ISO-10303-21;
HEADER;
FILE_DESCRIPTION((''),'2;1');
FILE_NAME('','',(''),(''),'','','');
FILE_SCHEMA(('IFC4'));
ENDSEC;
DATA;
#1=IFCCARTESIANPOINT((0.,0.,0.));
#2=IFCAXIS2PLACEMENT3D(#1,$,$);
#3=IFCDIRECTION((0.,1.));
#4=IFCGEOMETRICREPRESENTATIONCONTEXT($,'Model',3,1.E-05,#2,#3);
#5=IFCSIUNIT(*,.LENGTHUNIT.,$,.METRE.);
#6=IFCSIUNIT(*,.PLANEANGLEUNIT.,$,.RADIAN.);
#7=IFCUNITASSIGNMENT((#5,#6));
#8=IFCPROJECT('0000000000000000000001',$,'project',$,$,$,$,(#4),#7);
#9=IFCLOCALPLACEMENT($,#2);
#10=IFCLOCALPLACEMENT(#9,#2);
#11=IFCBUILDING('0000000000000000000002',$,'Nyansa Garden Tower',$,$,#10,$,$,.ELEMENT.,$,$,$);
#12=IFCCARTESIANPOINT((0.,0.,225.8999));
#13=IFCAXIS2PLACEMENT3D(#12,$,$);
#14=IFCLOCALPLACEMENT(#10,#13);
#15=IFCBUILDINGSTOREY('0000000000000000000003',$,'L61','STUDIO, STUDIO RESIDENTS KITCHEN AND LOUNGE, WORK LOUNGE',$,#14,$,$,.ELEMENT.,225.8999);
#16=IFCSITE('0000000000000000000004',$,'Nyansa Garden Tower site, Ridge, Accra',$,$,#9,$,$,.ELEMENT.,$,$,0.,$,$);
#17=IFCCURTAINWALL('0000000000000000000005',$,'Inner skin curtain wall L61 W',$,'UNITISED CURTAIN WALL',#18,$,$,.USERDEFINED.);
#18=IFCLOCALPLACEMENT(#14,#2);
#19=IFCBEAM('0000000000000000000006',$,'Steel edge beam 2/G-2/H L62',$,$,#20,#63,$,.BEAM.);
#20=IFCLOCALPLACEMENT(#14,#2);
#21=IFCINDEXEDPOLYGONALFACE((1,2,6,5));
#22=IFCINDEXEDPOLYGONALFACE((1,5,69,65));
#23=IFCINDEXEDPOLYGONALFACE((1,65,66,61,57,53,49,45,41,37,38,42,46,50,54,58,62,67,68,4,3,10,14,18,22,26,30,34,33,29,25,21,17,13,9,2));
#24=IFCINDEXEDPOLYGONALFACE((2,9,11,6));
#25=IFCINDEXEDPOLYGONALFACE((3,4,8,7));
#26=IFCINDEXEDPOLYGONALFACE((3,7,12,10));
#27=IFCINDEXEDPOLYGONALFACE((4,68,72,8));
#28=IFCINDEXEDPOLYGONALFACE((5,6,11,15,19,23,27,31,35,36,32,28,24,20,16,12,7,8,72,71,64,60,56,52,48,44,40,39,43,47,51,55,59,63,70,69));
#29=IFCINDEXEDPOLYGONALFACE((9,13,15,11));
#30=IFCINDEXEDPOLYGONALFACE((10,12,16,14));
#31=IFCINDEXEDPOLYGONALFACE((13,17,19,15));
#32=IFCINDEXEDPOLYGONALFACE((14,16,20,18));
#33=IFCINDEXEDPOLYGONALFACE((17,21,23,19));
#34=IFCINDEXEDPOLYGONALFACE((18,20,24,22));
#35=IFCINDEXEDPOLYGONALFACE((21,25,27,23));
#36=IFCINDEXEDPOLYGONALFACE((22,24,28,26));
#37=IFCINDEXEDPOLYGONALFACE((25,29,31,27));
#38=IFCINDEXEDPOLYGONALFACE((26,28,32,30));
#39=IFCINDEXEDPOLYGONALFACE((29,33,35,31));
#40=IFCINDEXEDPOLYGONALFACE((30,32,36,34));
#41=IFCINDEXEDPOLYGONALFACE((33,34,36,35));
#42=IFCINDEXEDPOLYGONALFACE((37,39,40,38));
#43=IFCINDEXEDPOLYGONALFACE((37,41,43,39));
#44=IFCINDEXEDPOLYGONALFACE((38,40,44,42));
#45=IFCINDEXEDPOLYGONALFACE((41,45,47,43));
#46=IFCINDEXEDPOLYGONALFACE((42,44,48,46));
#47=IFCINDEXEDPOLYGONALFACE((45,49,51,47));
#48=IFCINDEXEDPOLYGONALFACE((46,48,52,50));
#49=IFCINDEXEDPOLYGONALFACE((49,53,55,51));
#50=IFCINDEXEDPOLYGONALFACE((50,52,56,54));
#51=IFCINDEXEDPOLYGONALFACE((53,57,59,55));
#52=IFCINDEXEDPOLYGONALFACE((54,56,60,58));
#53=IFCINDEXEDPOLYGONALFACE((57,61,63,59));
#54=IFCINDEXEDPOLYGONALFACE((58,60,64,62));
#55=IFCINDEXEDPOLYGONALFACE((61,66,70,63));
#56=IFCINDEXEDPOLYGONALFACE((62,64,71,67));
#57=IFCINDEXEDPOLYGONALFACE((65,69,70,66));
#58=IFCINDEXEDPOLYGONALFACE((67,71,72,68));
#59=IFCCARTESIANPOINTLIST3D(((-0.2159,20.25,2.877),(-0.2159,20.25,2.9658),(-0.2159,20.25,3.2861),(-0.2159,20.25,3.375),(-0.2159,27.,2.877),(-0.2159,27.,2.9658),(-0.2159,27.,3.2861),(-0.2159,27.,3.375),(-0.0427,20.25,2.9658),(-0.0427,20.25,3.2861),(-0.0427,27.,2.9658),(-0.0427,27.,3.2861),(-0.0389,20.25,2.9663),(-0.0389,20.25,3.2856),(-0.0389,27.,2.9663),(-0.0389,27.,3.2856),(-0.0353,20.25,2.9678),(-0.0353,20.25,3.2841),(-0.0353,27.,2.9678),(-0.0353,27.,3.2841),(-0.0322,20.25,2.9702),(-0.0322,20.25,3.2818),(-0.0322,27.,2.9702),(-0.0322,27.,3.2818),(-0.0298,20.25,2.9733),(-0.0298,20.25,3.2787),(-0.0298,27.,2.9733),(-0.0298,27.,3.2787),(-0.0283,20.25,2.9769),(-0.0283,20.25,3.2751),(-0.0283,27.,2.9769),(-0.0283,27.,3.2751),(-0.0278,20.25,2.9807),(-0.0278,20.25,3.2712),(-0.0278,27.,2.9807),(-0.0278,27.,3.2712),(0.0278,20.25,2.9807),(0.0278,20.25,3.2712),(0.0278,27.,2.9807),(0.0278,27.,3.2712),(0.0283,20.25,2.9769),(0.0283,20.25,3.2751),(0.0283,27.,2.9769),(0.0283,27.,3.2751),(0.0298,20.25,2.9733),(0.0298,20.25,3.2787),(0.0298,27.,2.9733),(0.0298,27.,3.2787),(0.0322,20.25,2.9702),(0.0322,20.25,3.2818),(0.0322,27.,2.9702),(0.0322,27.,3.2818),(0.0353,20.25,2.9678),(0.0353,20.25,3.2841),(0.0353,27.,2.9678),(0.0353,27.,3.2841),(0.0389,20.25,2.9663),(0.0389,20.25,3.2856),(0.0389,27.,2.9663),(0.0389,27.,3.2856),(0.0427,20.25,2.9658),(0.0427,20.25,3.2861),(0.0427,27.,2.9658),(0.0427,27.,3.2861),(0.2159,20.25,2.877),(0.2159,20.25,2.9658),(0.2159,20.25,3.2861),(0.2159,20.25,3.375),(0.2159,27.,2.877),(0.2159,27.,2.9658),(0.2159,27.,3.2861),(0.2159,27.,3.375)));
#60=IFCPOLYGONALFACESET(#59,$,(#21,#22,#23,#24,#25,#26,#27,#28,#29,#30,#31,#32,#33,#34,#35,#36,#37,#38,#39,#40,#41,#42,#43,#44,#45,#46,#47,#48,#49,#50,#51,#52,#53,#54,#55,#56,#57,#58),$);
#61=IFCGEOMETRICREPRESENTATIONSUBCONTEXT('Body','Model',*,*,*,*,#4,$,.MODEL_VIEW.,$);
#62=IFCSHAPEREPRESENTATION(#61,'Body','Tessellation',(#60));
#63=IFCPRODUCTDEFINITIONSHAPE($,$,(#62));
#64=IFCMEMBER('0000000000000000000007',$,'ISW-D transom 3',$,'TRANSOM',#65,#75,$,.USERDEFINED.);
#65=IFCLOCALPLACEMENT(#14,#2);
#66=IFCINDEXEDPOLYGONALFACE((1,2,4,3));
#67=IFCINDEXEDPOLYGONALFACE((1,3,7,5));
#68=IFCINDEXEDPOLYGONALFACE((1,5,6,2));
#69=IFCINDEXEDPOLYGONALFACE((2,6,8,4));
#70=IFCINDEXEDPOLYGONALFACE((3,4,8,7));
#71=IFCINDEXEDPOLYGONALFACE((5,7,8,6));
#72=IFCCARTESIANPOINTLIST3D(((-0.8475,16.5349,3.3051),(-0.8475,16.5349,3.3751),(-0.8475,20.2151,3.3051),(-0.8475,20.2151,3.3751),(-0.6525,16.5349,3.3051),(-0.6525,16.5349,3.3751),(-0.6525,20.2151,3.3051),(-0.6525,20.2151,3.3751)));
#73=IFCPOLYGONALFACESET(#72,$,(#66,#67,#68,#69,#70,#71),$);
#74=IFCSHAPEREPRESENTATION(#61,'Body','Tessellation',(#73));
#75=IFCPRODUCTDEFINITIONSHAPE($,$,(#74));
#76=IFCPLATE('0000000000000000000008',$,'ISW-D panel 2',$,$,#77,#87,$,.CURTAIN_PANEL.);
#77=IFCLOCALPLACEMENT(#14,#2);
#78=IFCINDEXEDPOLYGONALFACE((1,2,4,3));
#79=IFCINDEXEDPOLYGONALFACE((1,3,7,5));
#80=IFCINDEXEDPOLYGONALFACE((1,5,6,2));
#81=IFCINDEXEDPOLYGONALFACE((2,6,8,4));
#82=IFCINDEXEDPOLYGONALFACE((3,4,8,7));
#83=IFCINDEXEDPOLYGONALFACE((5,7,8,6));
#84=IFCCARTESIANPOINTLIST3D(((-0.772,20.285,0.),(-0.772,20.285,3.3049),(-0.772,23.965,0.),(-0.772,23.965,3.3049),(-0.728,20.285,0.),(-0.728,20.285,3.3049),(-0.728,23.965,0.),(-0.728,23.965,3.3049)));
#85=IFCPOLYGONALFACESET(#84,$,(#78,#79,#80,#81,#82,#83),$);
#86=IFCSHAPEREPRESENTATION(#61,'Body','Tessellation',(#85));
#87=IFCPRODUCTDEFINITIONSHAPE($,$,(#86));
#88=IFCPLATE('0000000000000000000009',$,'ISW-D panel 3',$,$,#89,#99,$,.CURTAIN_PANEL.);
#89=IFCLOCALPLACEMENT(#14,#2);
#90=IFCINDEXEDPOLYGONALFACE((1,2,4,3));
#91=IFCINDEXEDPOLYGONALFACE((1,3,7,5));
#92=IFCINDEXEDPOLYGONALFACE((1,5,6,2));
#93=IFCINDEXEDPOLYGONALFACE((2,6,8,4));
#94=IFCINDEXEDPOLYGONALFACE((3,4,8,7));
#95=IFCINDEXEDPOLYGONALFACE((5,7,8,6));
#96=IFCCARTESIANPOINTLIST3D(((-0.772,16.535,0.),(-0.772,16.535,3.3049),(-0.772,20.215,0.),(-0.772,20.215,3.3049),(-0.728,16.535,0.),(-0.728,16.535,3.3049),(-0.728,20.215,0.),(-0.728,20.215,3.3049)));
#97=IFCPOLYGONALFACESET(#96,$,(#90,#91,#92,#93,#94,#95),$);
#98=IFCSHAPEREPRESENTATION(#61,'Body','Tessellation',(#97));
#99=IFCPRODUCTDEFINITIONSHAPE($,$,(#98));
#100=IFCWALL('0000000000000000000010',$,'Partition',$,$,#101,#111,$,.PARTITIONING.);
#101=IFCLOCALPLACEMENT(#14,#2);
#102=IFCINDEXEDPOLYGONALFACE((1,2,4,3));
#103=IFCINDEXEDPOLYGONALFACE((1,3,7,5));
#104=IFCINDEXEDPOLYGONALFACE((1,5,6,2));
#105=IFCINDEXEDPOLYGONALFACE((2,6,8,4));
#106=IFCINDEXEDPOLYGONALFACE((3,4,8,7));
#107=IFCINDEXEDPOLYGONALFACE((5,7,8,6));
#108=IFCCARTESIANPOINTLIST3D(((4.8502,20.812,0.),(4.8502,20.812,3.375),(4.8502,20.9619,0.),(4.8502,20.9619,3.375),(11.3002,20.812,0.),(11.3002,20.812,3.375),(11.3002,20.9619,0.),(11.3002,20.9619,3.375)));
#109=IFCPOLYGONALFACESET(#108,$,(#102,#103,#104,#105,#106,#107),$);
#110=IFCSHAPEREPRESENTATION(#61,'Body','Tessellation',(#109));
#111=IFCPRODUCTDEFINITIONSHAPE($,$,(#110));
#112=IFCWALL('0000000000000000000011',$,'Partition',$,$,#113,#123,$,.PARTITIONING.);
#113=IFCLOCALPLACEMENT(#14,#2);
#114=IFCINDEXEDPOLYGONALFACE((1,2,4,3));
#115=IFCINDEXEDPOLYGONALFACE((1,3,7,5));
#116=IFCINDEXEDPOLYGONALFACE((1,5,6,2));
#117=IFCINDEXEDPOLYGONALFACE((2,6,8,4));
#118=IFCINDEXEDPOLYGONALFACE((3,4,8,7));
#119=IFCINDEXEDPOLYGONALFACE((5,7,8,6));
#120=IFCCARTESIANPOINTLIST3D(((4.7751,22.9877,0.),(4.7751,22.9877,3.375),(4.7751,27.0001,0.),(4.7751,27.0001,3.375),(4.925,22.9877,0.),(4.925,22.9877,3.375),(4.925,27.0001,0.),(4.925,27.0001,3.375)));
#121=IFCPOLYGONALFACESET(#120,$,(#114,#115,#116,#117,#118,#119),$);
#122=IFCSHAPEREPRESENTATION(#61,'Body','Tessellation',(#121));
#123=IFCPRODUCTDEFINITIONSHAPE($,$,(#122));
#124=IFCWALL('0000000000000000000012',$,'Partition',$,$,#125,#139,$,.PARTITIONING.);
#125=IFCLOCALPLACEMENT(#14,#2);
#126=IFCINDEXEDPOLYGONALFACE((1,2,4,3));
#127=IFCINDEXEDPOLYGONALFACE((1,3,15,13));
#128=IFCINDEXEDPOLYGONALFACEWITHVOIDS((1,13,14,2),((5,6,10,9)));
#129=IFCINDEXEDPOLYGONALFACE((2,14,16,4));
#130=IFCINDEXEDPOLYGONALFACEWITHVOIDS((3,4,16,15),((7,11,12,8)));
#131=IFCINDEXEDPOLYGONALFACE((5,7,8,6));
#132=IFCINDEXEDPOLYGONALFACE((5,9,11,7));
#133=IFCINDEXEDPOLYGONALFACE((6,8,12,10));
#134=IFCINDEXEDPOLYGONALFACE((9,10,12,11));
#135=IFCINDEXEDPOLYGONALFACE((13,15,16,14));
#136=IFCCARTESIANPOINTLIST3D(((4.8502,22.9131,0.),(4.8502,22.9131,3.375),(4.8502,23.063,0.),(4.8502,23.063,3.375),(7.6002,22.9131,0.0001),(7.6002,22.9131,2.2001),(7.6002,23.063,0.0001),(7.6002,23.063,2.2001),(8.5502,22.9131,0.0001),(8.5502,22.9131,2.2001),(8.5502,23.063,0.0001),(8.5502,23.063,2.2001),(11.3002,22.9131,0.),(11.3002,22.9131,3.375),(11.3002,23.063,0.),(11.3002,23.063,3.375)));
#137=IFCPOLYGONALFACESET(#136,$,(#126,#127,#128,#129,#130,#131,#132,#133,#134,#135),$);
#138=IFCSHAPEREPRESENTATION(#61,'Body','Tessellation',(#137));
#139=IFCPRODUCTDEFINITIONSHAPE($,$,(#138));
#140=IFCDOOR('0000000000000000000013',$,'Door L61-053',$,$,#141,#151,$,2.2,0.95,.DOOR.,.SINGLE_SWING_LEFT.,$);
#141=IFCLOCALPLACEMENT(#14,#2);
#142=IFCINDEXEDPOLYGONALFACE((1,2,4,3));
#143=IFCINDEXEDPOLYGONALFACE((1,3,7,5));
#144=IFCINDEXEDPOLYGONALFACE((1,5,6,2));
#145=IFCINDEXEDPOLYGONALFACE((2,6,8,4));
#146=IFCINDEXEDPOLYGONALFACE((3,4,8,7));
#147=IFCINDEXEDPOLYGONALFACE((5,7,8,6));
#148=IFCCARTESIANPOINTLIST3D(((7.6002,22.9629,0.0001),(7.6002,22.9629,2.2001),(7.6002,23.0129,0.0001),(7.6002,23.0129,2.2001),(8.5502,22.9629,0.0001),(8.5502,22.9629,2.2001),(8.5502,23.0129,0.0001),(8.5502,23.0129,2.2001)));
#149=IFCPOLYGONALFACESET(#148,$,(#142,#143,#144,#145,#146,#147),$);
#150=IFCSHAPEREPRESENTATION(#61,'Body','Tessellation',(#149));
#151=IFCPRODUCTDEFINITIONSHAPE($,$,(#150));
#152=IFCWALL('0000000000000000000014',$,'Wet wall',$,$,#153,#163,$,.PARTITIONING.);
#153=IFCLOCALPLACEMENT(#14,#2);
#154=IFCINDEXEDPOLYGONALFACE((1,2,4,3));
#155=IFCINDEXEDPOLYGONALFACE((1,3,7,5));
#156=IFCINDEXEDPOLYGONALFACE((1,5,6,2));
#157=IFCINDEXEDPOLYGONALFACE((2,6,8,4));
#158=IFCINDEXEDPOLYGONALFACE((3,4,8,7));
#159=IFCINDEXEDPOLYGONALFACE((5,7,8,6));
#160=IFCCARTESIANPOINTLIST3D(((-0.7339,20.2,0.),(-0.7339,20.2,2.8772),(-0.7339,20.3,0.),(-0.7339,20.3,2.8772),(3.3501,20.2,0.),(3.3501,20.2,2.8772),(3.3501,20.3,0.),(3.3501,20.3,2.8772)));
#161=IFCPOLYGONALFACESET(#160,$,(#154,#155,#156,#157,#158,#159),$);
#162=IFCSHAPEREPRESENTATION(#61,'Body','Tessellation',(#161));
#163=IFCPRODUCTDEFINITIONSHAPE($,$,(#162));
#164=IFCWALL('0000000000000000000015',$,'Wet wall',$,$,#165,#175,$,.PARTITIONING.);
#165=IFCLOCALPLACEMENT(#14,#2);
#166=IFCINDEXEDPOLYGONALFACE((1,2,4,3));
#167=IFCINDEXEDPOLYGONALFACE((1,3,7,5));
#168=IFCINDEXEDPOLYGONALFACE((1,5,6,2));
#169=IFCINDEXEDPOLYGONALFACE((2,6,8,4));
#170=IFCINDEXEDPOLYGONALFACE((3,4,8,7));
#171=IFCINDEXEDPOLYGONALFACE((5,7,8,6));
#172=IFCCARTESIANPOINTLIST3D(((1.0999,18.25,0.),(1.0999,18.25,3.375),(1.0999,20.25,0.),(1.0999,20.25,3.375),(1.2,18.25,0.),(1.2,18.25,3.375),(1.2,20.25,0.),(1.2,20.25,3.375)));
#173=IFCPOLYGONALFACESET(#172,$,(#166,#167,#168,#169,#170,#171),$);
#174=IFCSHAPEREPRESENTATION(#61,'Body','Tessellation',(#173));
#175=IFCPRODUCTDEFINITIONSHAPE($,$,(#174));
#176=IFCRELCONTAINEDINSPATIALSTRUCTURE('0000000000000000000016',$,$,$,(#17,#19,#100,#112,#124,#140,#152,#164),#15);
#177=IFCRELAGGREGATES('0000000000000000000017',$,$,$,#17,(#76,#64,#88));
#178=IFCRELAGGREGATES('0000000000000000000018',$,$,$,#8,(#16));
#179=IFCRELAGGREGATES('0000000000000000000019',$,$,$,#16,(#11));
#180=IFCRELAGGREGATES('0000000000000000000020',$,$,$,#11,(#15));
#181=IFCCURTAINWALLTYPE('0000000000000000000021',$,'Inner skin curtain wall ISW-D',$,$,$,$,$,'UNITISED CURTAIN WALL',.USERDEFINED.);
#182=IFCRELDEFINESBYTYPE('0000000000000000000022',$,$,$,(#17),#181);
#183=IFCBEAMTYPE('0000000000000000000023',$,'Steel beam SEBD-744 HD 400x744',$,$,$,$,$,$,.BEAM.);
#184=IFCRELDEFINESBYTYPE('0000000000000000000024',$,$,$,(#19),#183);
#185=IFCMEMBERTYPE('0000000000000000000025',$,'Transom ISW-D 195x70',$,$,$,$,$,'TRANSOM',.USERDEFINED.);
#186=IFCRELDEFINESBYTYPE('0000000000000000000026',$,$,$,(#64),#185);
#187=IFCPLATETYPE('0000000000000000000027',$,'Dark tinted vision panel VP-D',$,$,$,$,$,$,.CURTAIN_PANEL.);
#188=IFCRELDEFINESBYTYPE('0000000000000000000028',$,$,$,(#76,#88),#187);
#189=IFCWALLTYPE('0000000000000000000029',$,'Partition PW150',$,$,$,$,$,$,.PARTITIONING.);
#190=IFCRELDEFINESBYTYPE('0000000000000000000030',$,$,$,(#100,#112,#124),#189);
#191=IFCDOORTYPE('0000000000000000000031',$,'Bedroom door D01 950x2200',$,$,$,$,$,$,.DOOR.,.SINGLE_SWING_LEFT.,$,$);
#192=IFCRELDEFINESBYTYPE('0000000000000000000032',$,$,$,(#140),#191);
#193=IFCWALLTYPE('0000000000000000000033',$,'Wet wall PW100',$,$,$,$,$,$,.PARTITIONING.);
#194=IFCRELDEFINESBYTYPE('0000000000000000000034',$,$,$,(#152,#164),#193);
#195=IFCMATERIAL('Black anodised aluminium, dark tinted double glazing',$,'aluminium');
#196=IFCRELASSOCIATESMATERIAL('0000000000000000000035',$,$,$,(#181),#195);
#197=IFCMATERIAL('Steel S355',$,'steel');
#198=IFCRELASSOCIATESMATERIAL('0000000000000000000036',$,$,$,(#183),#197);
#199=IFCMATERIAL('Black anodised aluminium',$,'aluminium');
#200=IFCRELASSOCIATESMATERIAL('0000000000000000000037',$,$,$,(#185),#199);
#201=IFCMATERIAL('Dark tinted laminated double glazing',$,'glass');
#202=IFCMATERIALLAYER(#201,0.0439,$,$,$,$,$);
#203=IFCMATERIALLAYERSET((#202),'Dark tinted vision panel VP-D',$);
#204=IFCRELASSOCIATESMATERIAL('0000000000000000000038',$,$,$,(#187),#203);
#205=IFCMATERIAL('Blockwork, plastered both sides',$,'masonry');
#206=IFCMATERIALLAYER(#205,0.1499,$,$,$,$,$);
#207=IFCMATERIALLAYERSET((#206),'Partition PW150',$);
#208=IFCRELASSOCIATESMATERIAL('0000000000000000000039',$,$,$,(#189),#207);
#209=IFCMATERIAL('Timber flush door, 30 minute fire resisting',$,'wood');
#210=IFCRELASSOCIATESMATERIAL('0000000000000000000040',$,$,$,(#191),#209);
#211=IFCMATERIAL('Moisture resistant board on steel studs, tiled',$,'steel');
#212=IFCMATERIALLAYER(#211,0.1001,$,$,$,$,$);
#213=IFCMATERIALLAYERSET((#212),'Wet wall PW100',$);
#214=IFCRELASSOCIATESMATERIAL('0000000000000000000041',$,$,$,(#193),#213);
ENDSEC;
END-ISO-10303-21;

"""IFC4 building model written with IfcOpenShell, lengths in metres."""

from ifc_helpers import new_model, si_unit, direction, frame, frame_2d, origin, origin_2d, place, context, subcontext, project, spatial, rectangle, i_section, extrude, material, layer, layer_set, material_profile, profile_set, type_object, element, fill, aggregate, save


model = new_model("IFC4")

# Units and contexts
model_context = context("Model", 3, precision=1e-05, world=origin(), true_north=direction((0.0, 1.0)))
body_context = subcontext(model_context, "Body", "Model", "MODEL_VIEW")
ifc_project = project(units=[si_unit("LENGTHUNIT", "METRE"), si_unit("PLANEANGLEUNIT", "RADIAN")], contexts=[model_context])

# Site, building, storey
site_placement = place(None, origin())
site = spatial("IfcSite", under=ifc_project, at=site_placement, Name="Nyansa Garden Tower site, Ridge, Accra", CompositionType="ELEMENT", RefElevation=0.0)
building_placement = place(site_placement, origin())
building = spatial("IfcBuilding", under=site, at=building_placement, Name="Nyansa Garden Tower", CompositionType="ELEMENT")
storey_placement = place(building_placement, frame((0.0, 0.0, 225.8999)))
storey = spatial("IfcBuildingStorey", under=building, at=storey_placement, Name="L61", Description="STUDIO, STUDIO RESIDENTS KITCHEN AND LOUNGE, WORK LOUNGE", CompositionType="ELEMENT", Elevation=225.8999)

# Curtain wall
ifc_material_1 = material(Name="Black anodised aluminium, dark tinted double glazing", Category="aluminium")
curtain_wall_type = type_object("IfcCurtainWallType", Name="Inner skin curtain wall ISW-D", ElementType="UNITISED CURTAIN WALL", PredefinedType="USERDEFINED", material=ifc_material_1)
curtain_wall_placement = place(storey_placement, origin())
curtain_wall = element("IfcCurtainWall", 1, at=curtain_wall_placement, inside=storey, type_object=curtain_wall_type, Name="Inner skin curtain wall L61 W", ObjectType="UNITISED CURTAIN WALL", PredefinedType="USERDEFINED")

# Beam
ifc_material_2 = material(Name="Steel S355", Category="steel")
ifc_material_profile_1 = material_profile(ifc_material_2, i_section(OverallWidth=0.4319, OverallDepth=0.498, WebThickness=0.0557, FlangeThickness=0.0889, FilletRadius=0.0149, at=origin_2d()), Name="HD 400x744")
ifc_profile_set_1 = profile_set([ifc_material_profile_1], Name="Steel S355")
beam_type_1 = type_object("IfcBeamType", Name="Steel beam SEBD-744 HD 400x744", PredefinedType="BEAM", material=ifc_profile_set_1)
beam_1_placement = place(storey_placement, frame((0.0, 20.25, 3.126), z_axis=(0.0, 1.0, 0.0), x_axis=(-1.0, 0.0, 0.0)))
element("IfcBeam", 2, at=beam_1_placement, inside=storey, type_object=beam_type_1, Name="Steel edge beam 2/G-2/H L62", PredefinedType="BEAM", context=body_context, shape_type="SweptSolid", body=[
    extrude(i_section(OverallWidth=0.4319, OverallDepth=0.498, WebThickness=0.0557, FlangeThickness=0.0889, FilletRadius=0.0149, at=origin_2d()), origin(), (0.0, 0.0, 1.0), 6.75),
])

# Member
ifc_material_3 = material(Name="Black anodised aluminium", Category="aluminium")
ifc_material_profile_2 = material_profile(ifc_material_3, rectangle(XDim=0.1951, YDim=0.0701, at=origin_2d()), Name="Transom 195x70")
ifc_profile_set_2 = profile_set([ifc_material_profile_2], Name="Black anodised aluminium")
member_type_1 = type_object("IfcMemberType", Name="Transom ISW-D 195x70", ElementType="TRANSOM", PredefinedType="USERDEFINED", material=ifc_profile_set_2)
member_1_placement = place(storey_placement, frame((-0.75, 20.2151, 3.3401), z_axis=(0.0, -1.0, 0.0), x_axis=(1.0, 0.0, 0.0)))
member_1 = element("IfcMember", 3, at=member_1_placement, type_object=member_type_1, Name="ISW-D transom 3", ObjectType="TRANSOM", PredefinedType="USERDEFINED", context=body_context, shape_type="SweptSolid", body=[
    extrude(rectangle(XDim=0.1951, YDim=0.0701, at=origin_2d()), origin(), (0.0, 0.0, 1.0), 3.6802),
])

# Plates
ifc_material_4 = material(Name="Dark tinted laminated double glazing", Category="glass")
ifc_layer_1 = layer(ifc_material_4, 0.0439)
ifc_layer_set_1 = layer_set([ifc_layer_1], Name="Dark tinted vision panel VP-D")
plate_type = type_object("IfcPlateType", Name="Dark tinted vision panel VP-D", PredefinedType="CURTAIN_PANEL", material=ifc_layer_set_1)
plate_1_placement = place(storey_placement, frame((-0.75, 22.125, 0.0), z_axis=(0.0, 0.0, 1.0), x_axis=(0.0, -1.0, 0.0)))
plate_1 = element("IfcPlate", 4, at=plate_1_placement, type_object=plate_type, Name="ISW-D panel 2", PredefinedType="CURTAIN_PANEL", context=body_context, shape_type="SweptSolid", body=[
    extrude(rectangle(XDim=3.6799, YDim=0.0439, at=origin_2d()), origin(), (0.0, 0.0, 1.0), 3.3049),
])
plate_2_placement = place(storey_placement, frame((-0.75, 18.375, 0.0), z_axis=(0.0, 0.0, 1.0), x_axis=(0.0, -1.0, 0.0)))
plate_2 = element("IfcPlate", 5, at=plate_2_placement, type_object=plate_type, Name="ISW-D panel 3", PredefinedType="CURTAIN_PANEL", context=body_context, shape_type="SweptSolid", body=[
    extrude(rectangle(XDim=3.6799, YDim=0.0439, at=origin_2d()), origin(), (0.0, 0.0, 1.0), 3.3049),
])
aggregate(curtain_wall, [plate_1, member_1, plate_2])

# Walls
ifc_material_5 = material(Name="Blockwork, plastered both sides", Category="masonry")
ifc_layer_2 = layer(ifc_material_5, 0.1499)
ifc_layer_set_2 = layer_set([ifc_layer_2], Name="Partition PW150")
wall_type_1 = type_object("IfcWallType", Name="Partition PW150", PredefinedType="PARTITIONING", material=ifc_layer_set_2)
wall_1_placement = place(storey_placement, frame((4.8501, 20.887, 0.0), z_axis=(0.0, 0.0, 1.0), x_axis=(1.0, 0.0, 0.0)))
element("IfcWall", 6, at=wall_1_placement, inside=storey, type_object=wall_type_1, Name="Partition", PredefinedType="PARTITIONING", context=body_context, shape_type="SweptSolid", body=[
    extrude(rectangle(XDim=6.45, YDim=0.1499, at=frame_2d((3.2251, 0.0))), origin(), (0.0, 0.0, 1.0), 3.375),
])
wall_2_placement = place(storey_placement, frame((4.8501, 22.9875, 0.0), z_axis=(0.0, 0.0, 1.0), x_axis=(0.0, 1.0, 0.0)))
element("IfcWall", 7, at=wall_2_placement, inside=storey, type_object=wall_type_1, Name="Partition", PredefinedType="PARTITIONING", context=body_context, shape_type="SweptSolid", body=[
    extrude(rectangle(XDim=4.0125, YDim=0.1499, at=frame_2d((2.0063, 0.0))), origin(), (0.0, 0.0, 1.0), 3.375),
])

# Wall, opening, door
wall_3_placement = place(storey_placement, frame((4.8501, 22.988, 0.0), z_axis=(0.0, 0.0, 1.0), x_axis=(1.0, 0.0, 0.0)))
wall_3 = element("IfcWall", 8, at=wall_3_placement, inside=storey, type_object=wall_type_1, Name="Partition", PredefinedType="PARTITIONING", context=body_context, shape_type="SweptSolid", body=[
    extrude(rectangle(XDim=6.45, YDim=0.1499, at=frame_2d((3.2251, 0.0))), origin(), (0.0, 0.0, 1.0), 3.375),
])
opening_1_placement = place(wall_3_placement, frame((2.75, 0.0, 0.0)))
opening_1 = element("IfcOpeningElement", 9, at=opening_1_placement, cuts=wall_3, PredefinedType="OPENING", context=body_context, shape_type="SweptSolid", body=[
    extrude(rectangle(XDim=0.95, YDim=2.2, at=frame_2d((0.4751, 1.1001))), frame((0.0, 0.085, 0.0), z_axis=(0.0, -1.0, 0.0), x_axis=(1.0, 0.0, 0.0)), (0.0, 0.0, 1.0), 0.1699),
])
ifc_material_6 = material(Name="Timber flush door, 30 minute fire resisting", Category="wood")
door_type_1 = type_object("IfcDoorType", Name="Bedroom door D01 950x2200", OperationType="SINGLE_SWING_LEFT", PredefinedType="DOOR", material=ifc_material_6)
door_1_placement = place(opening_1_placement, origin())
door_1 = element("IfcDoor", 10, at=door_1_placement, inside=storey, type_object=door_type_1, Name="Door L61-053", OperationType="SINGLE_SWING_LEFT", OverallHeight=2.2, OverallWidth=0.95, PredefinedType="DOOR", context=body_context, shape_type="SweptSolid", body=[
    extrude(rectangle(XDim=0.95, YDim=2.2, at=frame_2d((0.4751, 1.1001))), frame((0.0, 0.0249, 0.0), z_axis=(0.0, -1.0, 0.0), x_axis=(1.0, 0.0, 0.0)), (0.0, 0.0, 1.0), 0.05),
])
fill(opening_1, door_1)

# Walls
ifc_material_7 = material(Name="Moisture resistant board on steel studs, tiled", Category="steel")
ifc_layer_3 = layer(ifc_material_7, 0.1001)
ifc_layer_set_3 = layer_set([ifc_layer_3], Name="Wet wall PW100")
wall_type_2 = type_object("IfcWallType", Name="Wet wall PW100", PredefinedType="PARTITIONING", material=ifc_layer_set_3)
wall_4_placement = place(storey_placement, frame((-0.7339, 20.25, 0.0), z_axis=(0.0, 0.0, 1.0), x_axis=(1.0, 0.0, 0.0)))
element("IfcWall", 11, at=wall_4_placement, inside=storey, type_object=wall_type_2, Name="Wet wall", PredefinedType="PARTITIONING", context=body_context, shape_type="SweptSolid", body=[
    extrude(rectangle(XDim=4.084, YDim=0.1001, at=frame_2d((2.042, 0.0))), origin(), (0.0, 0.0, 1.0), 2.8772),
])
wall_5_placement = place(storey_placement, frame((1.1499, 18.25, 0.0), z_axis=(0.0, 0.0, 1.0), x_axis=(0.0, 1.0, 0.0)))
element("IfcWall", 12, at=wall_5_placement, inside=storey, type_object=wall_type_2, Name="Wet wall", PredefinedType="PARTITIONING", context=body_context, shape_type="SweptSolid", body=[
    extrude(rectangle(XDim=2.0, YDim=0.1001, at=frame_2d((1.0, 0.0))), origin(), (0.0, 0.0, 1.0), 3.375),
])

save(model, "model.ifc")
